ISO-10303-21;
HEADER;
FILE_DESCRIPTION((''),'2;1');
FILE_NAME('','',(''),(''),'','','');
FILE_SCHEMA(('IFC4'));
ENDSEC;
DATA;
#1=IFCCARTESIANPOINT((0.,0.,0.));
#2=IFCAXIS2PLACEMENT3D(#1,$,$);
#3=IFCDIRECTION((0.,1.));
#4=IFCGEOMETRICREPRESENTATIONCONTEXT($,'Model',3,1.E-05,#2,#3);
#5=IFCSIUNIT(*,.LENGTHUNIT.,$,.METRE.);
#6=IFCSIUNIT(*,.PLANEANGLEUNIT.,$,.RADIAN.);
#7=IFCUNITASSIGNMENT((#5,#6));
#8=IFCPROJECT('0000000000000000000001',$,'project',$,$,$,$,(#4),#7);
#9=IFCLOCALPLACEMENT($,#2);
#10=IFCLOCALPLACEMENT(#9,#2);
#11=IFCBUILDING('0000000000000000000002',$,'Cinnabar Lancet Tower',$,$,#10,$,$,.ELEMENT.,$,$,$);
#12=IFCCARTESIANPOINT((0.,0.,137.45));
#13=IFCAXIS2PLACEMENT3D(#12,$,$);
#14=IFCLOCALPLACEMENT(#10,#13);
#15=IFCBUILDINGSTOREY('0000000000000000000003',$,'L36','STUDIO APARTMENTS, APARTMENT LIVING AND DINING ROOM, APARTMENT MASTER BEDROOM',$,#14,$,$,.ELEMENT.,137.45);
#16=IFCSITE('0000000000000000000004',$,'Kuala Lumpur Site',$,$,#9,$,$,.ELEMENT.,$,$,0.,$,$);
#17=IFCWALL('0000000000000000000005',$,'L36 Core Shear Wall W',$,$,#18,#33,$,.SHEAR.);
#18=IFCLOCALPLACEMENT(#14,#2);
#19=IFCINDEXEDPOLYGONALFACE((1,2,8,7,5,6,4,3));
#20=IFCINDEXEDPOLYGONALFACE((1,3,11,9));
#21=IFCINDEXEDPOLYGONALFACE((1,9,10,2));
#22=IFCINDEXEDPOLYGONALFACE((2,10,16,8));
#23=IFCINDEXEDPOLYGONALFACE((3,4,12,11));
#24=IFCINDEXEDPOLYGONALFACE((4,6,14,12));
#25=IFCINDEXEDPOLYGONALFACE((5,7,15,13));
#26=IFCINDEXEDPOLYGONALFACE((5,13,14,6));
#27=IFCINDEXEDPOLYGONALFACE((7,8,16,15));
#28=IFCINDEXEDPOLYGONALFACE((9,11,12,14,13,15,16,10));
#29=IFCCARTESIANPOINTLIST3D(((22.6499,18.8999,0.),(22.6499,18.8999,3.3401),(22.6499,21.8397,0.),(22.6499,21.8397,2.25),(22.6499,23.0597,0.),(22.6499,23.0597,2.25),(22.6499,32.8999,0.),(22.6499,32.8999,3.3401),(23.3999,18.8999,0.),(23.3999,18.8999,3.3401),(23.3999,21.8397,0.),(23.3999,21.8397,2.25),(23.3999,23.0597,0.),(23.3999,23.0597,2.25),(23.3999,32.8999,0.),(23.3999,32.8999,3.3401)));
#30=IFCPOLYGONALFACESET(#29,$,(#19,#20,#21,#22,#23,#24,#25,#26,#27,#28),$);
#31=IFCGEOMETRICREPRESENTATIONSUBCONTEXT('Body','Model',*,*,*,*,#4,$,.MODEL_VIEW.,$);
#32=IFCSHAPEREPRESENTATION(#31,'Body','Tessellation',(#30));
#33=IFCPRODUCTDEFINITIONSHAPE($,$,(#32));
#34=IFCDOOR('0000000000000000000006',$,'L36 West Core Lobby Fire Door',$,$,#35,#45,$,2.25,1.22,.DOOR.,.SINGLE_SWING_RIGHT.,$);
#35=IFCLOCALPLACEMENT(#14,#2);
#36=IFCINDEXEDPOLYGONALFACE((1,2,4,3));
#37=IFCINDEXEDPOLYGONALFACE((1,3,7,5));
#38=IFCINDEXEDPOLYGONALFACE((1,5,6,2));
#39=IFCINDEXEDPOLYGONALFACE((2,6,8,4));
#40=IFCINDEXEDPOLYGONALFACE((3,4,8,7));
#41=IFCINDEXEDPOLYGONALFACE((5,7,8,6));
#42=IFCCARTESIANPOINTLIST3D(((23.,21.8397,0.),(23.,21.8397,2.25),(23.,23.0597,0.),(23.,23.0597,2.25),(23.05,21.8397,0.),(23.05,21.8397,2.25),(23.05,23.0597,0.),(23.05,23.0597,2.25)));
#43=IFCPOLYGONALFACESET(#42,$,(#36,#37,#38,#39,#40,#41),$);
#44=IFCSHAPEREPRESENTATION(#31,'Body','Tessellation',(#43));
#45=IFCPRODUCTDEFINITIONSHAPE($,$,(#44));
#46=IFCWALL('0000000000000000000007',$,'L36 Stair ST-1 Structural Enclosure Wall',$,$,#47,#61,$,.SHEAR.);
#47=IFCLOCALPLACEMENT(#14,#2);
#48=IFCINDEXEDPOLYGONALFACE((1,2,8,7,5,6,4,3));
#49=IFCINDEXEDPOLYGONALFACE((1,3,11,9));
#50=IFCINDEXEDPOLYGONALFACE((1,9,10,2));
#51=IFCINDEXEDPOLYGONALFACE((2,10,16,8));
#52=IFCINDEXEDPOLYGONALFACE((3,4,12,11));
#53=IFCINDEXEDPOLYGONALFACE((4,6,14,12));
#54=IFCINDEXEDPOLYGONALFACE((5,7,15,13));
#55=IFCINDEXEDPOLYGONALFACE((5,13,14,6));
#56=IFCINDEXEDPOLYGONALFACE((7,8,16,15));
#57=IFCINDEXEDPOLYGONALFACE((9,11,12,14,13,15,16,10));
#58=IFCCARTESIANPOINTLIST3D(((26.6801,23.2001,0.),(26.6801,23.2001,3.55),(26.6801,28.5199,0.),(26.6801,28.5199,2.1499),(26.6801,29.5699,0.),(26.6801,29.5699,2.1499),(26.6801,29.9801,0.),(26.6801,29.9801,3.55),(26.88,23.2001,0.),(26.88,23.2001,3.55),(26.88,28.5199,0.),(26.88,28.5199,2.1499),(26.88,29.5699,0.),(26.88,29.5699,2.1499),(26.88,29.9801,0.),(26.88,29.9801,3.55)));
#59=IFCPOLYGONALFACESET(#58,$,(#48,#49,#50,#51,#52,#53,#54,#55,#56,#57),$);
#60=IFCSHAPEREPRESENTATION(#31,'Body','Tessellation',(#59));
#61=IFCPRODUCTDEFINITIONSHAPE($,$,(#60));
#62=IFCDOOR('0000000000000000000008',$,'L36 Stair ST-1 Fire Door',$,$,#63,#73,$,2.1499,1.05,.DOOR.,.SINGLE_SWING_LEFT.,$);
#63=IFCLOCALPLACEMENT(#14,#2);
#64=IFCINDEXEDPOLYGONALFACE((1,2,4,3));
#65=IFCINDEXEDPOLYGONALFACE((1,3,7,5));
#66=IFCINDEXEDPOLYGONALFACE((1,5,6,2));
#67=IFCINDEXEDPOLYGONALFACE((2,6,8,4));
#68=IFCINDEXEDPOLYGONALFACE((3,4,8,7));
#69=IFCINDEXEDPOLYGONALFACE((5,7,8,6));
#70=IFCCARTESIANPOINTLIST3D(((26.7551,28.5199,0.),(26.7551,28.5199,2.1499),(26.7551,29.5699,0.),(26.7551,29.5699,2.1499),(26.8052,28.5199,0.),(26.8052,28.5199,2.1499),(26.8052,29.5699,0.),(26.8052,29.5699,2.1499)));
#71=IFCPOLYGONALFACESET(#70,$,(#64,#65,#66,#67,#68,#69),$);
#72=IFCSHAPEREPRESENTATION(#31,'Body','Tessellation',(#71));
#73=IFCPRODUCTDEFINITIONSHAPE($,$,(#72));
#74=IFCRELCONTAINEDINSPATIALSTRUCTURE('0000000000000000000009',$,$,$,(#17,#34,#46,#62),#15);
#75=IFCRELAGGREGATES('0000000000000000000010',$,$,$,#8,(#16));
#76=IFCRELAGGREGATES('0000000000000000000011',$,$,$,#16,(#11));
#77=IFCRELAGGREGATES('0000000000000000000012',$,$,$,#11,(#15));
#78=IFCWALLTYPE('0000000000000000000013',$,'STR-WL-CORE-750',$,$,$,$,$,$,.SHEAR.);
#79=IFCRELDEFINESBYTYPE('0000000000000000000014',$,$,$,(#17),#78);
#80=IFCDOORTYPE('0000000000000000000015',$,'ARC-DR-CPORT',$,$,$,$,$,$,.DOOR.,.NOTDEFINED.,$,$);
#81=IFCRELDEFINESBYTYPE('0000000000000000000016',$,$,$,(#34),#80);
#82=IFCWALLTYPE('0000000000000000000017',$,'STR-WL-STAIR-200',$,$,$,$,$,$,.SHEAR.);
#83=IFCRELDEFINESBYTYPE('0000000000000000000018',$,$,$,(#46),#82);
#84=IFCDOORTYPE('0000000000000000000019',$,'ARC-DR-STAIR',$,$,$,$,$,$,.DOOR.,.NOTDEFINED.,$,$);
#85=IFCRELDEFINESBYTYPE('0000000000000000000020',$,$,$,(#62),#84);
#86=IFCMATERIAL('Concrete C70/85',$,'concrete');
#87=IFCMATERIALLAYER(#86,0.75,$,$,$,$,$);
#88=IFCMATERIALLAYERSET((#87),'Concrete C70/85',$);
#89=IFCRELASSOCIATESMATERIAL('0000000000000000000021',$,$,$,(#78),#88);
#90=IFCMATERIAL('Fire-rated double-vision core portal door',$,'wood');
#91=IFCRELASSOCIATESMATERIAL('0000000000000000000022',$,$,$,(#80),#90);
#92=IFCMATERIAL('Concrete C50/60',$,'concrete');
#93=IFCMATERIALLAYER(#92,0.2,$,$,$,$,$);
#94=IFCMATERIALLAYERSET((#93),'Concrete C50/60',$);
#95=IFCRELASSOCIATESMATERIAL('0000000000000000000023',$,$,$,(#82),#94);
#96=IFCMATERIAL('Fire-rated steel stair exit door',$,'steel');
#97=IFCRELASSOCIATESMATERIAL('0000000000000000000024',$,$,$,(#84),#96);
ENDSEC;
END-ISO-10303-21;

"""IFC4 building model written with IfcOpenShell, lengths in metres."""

from ifc_helpers import new_model, si_unit, direction, frame, frame_2d, origin, place, context, subcontext, project, spatial, rectangle, extrude, material, layer, layer_set, type_object, element, fill, save


model = new_model("IFC4")

# Units and contexts
model_context = context("Model", 3, precision=1e-05, world=origin(), true_north=direction((0.0, 1.0)))
body_context = subcontext(model_context, "Body", "Model", "MODEL_VIEW")
ifc_project = project(units=[si_unit("LENGTHUNIT", "METRE"), si_unit("PLANEANGLEUNIT", "RADIAN")], contexts=[model_context])

# Site, building, storey
site_placement = place(None, origin())
site = spatial("IfcSite", under=ifc_project, at=site_placement, Name="Kuala Lumpur Site", CompositionType="ELEMENT", RefElevation=0.0)
building_placement = place(site_placement, origin())
building = spatial("IfcBuilding", under=site, at=building_placement, Name="Cinnabar Lancet Tower", CompositionType="ELEMENT")
storey_placement = place(building_placement, frame((0.0, 0.0, 137.45)))
storey = spatial("IfcBuildingStorey", under=building, at=storey_placement, Name="L36", Description="STUDIO APARTMENTS, APARTMENT LIVING AND DINING ROOM, APARTMENT MASTER BEDROOM", CompositionType="ELEMENT", Elevation=137.45)

# Shared definitions
ifc_material_1 = material(Name="Concrete C70/85", Category="concrete")
ifc_layer_1 = layer(ifc_material_1, 0.75)
ifc_layer_set_1 = layer_set([ifc_layer_1], Name="Concrete C70/85")
wall_type_1 = type_object("IfcWallType", Name="STR-WL-CORE-750", PredefinedType="SHEAR", material=ifc_layer_set_1)

# Walls, openings, doors
wall_1_placement = place(storey_placement, frame((23.0249, 18.8999, 0.0), z_axis=(0.0, 0.0, 1.0), x_axis=(0.0, 1.0, 0.0)))
wall_1 = element("IfcWall", 1, at=wall_1_placement, inside=storey, type_object=wall_type_1, Name="L36 Core Shear Wall W", PredefinedType="SHEAR", context=body_context, shape_type="SweptSolid", body=[
    extrude(rectangle(XDim=14.0, YDim=0.75, at=frame_2d((7.0, 0.0))), origin(), (0.0, 0.0, 1.0), 3.3401),
])
opening_1_placement = place(wall_1_placement, frame((2.9399, 0.0, 0.0)))
opening_1 = element("IfcOpeningElement", 2, at=opening_1_placement, cuts=wall_1, PredefinedType="OPENING", context=body_context, shape_type="SweptSolid", body=[
    extrude(rectangle(XDim=1.22, YDim=2.25, at=frame_2d((0.6099, 1.125))), frame((0.0, 0.385, 0.0), z_axis=(0.0, -1.0, 0.0), x_axis=(1.0, 0.0, 0.0)), (0.0, 0.0, 1.0), 0.77),
])
ifc_material_2 = material(Name="Fire-rated double-vision core portal door", Category="wood")
door_type_1 = type_object("IfcDoorType", Name="ARC-DR-CPORT", OperationType="NOTDEFINED", PredefinedType="DOOR", material=ifc_material_2)
door_1_placement = place(opening_1_placement, origin())
door_1 = element("IfcDoor", 3, at=door_1_placement, inside=storey, type_object=door_type_1, Name="L36 West Core Lobby Fire Door", OperationType="SINGLE_SWING_RIGHT", OverallHeight=2.25, OverallWidth=1.22, PredefinedType="DOOR", context=body_context, shape_type="SweptSolid", body=[
    extrude(rectangle(XDim=1.22, YDim=2.25, at=frame_2d((0.6099, 1.125))), frame((0.0, 0.0249, 0.0), z_axis=(0.0, -1.0, 0.0), x_axis=(1.0, 0.0, 0.0)), (0.0, 0.0, 1.0), 0.05),
])
fill(opening_1, door_1)
ifc_material_3 = material(Name="Concrete C50/60", Category="concrete")
ifc_layer_2 = layer(ifc_material_3, 0.2)
ifc_layer_set_2 = layer_set([ifc_layer_2], Name="Concrete C50/60")
wall_type_2 = type_object("IfcWallType", Name="STR-WL-STAIR-200", PredefinedType="SHEAR", material=ifc_layer_set_2)
wall_2_placement = place(storey_placement, frame((26.78, 23.2, 0.0), z_axis=(0.0, 0.0, 1.0), x_axis=(0.0, 1.0, 0.0)))
wall_2 = element("IfcWall", 4, at=wall_2_placement, inside=storey, type_object=wall_type_2, Name="L36 Stair ST-1 Structural Enclosure Wall", PredefinedType="SHEAR", context=body_context, shape_type="SweptSolid", body=[
    extrude(rectangle(XDim=6.78, YDim=0.2, at=frame_2d((3.3901, 0.0))), origin(), (0.0, 0.0, 1.0), 3.55),
])
opening_2_placement = place(wall_2_placement, frame((5.3201, 0.0, 0.0)))
opening_2 = element("IfcOpeningElement", 5, at=opening_2_placement, cuts=wall_2, PredefinedType="OPENING", context=body_context, shape_type="SweptSolid", body=[
    extrude(rectangle(XDim=1.05, YDim=2.1499, at=frame_2d((0.5249, 1.075))), frame((0.0, 0.1099, 0.0), z_axis=(0.0, -1.0, 0.0), x_axis=(1.0, 0.0, 0.0)), (0.0, 0.0, 1.0), 0.22),
])
ifc_material_4 = material(Name="Fire-rated steel stair exit door", Category="steel")
door_type_2 = type_object("IfcDoorType", Name="ARC-DR-STAIR", OperationType="NOTDEFINED", PredefinedType="DOOR", material=ifc_material_4)
door_2_placement = place(opening_2_placement, origin())
door_2 = element("IfcDoor", 6, at=door_2_placement, inside=storey, type_object=door_type_2, Name="L36 Stair ST-1 Fire Door", OperationType="SINGLE_SWING_LEFT", OverallHeight=2.1499, OverallWidth=1.05, PredefinedType="DOOR", context=body_context, shape_type="SweptSolid", body=[
    extrude(rectangle(XDim=1.05, YDim=2.1499, at=frame_2d((0.5249, 1.075))), frame((0.0, 0.0249, 0.0), z_axis=(0.0, -1.0, 0.0), x_axis=(1.0, 0.0, 0.0)), (0.0, 0.0, 1.0), 0.05),
])
fill(opening_2, door_2)

save(model, "model.ifc")
